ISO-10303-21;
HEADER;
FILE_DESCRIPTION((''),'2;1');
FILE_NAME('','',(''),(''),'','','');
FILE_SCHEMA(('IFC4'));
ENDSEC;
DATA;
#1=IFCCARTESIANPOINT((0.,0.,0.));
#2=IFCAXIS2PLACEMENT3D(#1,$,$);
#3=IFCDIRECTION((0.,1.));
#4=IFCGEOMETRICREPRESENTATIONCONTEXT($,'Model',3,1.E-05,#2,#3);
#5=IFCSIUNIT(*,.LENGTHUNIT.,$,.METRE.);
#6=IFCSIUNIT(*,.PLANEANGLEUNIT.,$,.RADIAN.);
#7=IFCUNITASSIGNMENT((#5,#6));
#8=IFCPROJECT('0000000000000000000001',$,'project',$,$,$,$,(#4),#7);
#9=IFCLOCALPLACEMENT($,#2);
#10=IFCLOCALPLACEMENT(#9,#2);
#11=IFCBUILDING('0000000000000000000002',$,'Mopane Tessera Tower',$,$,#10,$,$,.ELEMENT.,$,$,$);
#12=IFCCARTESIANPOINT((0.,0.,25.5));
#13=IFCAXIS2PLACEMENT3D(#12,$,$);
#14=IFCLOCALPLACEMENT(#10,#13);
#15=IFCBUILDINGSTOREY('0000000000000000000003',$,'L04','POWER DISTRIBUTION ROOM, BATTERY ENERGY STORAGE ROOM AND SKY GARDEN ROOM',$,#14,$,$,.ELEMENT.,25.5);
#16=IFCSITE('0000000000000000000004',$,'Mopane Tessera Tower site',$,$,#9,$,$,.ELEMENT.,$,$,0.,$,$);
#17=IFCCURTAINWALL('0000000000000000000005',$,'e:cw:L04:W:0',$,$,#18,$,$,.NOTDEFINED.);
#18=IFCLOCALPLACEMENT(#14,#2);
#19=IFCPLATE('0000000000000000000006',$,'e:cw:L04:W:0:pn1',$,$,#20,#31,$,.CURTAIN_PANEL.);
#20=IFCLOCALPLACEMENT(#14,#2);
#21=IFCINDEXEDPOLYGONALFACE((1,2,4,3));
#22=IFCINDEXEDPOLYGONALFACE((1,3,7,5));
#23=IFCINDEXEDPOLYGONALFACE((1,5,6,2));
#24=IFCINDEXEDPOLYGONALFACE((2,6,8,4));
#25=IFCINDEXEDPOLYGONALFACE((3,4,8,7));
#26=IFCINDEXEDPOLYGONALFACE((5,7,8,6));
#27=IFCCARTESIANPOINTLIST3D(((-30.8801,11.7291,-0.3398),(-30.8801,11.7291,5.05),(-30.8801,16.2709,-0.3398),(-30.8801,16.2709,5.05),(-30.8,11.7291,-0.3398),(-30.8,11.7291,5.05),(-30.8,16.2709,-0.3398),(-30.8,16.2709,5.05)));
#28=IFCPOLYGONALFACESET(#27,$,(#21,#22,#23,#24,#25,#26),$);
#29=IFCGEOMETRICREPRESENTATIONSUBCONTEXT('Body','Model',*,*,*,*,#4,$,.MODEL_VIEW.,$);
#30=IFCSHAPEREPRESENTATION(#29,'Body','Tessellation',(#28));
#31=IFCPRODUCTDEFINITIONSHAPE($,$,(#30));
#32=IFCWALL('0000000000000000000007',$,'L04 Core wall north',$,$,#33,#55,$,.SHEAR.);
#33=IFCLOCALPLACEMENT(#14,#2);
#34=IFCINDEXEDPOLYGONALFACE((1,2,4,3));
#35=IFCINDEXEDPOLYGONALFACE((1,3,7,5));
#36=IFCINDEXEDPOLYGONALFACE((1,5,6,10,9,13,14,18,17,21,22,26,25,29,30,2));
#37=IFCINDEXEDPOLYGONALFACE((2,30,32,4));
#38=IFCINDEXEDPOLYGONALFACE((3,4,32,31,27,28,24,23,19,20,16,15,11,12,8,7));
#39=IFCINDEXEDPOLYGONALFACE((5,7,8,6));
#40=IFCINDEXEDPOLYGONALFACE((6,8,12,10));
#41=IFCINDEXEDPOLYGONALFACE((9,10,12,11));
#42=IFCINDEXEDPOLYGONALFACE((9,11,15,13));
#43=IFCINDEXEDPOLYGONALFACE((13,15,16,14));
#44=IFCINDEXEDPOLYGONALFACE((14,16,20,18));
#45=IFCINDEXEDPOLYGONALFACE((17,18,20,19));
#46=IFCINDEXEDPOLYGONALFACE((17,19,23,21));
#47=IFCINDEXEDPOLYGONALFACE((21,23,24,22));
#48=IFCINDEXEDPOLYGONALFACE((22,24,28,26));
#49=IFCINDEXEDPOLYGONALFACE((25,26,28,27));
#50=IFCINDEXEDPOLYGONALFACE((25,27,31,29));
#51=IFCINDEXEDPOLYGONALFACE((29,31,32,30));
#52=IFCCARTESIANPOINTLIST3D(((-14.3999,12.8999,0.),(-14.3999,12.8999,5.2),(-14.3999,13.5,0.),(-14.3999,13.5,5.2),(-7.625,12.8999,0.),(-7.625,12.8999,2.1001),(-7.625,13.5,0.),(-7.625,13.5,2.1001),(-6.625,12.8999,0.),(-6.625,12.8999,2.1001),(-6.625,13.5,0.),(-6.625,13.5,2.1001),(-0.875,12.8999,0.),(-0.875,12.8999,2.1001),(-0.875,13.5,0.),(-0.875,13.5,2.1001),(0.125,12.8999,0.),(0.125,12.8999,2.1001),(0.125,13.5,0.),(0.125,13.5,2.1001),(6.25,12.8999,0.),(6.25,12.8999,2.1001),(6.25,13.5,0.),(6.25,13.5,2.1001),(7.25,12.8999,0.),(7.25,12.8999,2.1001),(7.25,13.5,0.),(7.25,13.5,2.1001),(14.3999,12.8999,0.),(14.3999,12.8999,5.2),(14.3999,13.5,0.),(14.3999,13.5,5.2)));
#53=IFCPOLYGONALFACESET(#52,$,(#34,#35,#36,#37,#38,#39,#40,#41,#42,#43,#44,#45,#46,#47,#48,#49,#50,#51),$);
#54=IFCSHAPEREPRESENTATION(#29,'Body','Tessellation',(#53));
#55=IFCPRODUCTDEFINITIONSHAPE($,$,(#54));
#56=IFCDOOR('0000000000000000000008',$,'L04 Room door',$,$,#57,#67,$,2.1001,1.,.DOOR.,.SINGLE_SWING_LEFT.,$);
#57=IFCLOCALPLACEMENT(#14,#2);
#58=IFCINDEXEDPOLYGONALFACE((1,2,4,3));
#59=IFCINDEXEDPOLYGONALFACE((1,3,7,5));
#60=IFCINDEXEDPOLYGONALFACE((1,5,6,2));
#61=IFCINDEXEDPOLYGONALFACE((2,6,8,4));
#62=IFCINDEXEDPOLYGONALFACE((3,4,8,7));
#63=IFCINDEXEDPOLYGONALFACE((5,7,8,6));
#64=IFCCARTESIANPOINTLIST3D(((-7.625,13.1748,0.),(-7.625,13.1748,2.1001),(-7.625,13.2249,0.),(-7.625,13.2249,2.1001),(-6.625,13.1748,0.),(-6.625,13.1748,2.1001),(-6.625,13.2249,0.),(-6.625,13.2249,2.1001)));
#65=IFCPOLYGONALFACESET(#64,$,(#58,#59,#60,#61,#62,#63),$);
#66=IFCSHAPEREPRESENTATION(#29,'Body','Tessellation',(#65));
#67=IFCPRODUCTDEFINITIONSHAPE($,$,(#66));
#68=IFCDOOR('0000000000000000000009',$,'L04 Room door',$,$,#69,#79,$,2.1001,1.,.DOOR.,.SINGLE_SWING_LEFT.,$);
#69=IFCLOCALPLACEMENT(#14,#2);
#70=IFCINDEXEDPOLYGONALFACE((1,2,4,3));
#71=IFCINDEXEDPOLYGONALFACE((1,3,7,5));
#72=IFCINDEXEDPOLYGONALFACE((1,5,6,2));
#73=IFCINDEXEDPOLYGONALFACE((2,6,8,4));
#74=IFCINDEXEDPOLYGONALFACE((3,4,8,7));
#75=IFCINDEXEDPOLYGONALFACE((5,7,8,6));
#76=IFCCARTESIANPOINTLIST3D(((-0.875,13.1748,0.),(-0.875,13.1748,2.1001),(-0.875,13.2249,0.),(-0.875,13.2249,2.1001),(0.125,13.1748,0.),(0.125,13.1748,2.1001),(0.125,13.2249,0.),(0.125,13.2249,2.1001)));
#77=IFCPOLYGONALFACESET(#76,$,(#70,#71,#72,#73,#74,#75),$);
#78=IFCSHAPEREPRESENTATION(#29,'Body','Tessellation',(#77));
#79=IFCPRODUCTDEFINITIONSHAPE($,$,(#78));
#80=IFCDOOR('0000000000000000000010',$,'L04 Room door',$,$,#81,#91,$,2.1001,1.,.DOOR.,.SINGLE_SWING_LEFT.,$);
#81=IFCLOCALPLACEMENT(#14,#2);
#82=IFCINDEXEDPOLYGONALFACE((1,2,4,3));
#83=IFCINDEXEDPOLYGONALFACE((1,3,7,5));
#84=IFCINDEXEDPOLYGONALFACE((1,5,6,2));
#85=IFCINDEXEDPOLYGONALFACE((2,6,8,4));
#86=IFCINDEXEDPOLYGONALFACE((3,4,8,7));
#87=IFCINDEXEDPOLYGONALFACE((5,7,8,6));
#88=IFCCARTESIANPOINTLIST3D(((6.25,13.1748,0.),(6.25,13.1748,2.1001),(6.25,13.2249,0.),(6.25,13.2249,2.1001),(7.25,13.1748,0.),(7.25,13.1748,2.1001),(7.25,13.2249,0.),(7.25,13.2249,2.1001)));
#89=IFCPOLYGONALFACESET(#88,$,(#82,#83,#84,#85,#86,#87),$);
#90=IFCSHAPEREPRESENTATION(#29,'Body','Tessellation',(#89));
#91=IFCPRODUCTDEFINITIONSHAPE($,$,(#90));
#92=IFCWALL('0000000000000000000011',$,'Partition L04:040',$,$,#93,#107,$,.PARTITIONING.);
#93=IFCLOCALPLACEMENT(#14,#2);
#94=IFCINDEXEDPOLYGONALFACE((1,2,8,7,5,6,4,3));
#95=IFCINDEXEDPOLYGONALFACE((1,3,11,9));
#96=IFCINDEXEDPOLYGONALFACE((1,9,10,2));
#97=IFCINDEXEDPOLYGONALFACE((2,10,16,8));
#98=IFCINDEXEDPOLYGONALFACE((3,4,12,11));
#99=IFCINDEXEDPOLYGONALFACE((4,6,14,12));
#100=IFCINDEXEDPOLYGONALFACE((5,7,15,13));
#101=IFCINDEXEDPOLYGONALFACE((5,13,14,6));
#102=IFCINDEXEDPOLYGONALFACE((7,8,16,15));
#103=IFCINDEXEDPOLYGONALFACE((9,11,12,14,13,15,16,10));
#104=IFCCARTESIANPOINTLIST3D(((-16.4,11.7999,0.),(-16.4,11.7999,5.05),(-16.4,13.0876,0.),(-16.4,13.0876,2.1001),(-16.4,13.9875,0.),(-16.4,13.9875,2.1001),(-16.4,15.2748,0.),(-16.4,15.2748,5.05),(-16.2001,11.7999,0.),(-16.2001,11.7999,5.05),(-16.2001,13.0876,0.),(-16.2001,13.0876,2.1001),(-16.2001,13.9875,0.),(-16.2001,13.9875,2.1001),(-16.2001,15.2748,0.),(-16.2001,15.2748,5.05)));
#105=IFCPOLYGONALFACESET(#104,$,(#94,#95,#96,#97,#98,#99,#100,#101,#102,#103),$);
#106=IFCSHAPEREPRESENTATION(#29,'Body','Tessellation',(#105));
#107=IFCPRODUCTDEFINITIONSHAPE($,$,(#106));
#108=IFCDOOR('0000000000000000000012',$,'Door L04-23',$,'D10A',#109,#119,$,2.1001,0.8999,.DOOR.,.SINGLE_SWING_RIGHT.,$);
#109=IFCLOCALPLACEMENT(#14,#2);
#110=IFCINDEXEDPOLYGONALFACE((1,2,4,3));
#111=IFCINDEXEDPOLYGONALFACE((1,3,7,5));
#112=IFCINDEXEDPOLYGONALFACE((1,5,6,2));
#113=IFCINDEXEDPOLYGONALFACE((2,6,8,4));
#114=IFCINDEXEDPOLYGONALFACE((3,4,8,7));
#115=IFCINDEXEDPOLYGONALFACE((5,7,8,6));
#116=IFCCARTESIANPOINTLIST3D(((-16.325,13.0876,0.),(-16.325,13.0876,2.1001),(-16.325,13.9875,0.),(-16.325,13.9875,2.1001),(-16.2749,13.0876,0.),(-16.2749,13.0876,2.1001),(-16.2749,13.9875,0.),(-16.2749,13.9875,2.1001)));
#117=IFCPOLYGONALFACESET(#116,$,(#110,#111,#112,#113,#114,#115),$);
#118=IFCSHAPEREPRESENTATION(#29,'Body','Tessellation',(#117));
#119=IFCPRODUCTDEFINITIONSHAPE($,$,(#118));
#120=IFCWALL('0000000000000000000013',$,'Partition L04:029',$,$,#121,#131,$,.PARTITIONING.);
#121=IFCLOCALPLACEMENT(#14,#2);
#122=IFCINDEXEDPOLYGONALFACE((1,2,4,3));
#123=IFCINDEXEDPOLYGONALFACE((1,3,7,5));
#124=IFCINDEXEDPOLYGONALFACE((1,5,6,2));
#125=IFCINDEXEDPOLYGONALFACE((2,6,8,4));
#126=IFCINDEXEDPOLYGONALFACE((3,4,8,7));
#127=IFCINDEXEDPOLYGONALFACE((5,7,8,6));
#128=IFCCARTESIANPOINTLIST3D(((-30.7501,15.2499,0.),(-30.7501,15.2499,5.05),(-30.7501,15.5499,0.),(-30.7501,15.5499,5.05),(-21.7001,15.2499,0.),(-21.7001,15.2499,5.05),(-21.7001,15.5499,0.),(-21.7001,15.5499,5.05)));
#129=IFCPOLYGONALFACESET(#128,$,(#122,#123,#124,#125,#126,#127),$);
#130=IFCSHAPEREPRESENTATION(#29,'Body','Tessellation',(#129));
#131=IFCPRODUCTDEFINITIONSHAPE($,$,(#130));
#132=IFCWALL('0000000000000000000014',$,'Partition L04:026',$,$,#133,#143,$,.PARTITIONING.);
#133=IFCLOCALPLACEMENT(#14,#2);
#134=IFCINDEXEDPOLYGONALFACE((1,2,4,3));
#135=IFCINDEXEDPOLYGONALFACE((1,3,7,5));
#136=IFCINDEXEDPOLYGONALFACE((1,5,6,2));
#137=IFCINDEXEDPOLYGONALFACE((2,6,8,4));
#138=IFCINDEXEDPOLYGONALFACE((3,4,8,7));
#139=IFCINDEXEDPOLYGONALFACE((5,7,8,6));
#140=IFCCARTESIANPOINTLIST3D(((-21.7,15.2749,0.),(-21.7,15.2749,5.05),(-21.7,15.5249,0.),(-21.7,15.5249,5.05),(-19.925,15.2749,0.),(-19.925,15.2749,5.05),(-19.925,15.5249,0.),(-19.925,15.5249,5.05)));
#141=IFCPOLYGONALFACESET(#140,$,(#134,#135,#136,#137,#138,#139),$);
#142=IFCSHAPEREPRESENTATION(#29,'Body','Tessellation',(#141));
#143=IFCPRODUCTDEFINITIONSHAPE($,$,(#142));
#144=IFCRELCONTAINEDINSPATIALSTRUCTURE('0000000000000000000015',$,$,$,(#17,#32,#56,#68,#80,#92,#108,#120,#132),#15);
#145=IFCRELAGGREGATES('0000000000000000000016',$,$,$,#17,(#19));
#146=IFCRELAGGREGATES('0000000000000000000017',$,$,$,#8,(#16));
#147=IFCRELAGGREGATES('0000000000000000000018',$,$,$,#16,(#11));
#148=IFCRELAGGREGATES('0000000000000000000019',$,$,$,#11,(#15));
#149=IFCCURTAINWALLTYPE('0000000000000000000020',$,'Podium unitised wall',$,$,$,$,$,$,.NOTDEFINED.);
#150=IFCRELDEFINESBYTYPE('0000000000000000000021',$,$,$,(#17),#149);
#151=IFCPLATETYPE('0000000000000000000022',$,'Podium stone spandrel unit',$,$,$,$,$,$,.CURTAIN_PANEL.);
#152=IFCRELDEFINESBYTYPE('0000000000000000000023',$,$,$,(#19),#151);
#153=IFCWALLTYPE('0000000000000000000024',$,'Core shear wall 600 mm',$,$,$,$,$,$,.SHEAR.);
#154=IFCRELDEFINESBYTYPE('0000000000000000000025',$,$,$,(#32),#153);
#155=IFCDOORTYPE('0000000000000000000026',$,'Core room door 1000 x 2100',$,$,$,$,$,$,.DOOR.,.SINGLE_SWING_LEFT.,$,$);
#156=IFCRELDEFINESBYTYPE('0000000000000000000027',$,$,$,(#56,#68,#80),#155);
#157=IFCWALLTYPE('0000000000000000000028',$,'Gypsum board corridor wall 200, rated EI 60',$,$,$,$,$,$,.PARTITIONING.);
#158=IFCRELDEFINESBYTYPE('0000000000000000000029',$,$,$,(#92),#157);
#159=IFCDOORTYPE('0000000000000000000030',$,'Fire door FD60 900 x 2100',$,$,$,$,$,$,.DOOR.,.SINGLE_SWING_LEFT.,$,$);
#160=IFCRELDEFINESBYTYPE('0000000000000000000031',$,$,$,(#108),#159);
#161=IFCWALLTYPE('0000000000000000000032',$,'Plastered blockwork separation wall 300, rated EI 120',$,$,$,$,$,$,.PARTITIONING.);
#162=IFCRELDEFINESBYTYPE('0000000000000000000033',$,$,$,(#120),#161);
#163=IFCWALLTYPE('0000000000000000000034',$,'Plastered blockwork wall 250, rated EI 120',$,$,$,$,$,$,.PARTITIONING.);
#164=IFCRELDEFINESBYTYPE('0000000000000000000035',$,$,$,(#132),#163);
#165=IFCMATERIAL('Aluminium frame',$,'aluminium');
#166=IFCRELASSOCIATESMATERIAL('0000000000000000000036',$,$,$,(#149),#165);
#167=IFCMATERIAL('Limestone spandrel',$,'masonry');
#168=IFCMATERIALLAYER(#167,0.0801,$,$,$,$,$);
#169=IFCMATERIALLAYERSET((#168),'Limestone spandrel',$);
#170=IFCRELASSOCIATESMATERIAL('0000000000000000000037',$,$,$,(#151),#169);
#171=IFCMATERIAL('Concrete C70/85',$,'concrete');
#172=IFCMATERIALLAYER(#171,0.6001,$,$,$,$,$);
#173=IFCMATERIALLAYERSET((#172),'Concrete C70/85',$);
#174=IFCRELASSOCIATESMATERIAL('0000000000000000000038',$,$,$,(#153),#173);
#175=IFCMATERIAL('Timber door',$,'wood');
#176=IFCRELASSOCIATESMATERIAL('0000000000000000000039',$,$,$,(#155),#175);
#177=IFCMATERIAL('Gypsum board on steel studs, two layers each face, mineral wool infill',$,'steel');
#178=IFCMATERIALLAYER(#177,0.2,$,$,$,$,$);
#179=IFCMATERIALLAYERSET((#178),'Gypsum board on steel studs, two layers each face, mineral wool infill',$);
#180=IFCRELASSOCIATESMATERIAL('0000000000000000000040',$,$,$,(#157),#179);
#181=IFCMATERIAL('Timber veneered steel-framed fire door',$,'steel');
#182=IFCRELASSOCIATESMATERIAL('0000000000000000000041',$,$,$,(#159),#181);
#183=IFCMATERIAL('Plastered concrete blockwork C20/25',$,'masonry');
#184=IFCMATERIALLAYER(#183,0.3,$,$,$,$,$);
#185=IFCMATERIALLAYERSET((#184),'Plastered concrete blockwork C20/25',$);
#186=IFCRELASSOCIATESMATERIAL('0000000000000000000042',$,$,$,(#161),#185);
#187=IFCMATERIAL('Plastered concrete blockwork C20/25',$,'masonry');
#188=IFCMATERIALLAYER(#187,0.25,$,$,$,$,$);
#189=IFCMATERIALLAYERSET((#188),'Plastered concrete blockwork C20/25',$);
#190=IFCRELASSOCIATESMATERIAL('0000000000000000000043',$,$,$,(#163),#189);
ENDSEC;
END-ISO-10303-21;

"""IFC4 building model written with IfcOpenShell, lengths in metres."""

from ifc_helpers import new_model, si_unit, direction, frame, frame_2d, origin, origin_2d, place, context, subcontext, project, spatial, rectangle, extrude, material, layer, layer_set, type_object, element, fill, aggregate, save


model = new_model("IFC4")

# Units and contexts
model_context = context("Model", 3, precision=1e-05, world=origin(), true_north=direction((0.0, 1.0)))
body_context = subcontext(model_context, "Body", "Model", "MODEL_VIEW")
ifc_project = project(units=[si_unit("LENGTHUNIT", "METRE"), si_unit("PLANEANGLEUNIT", "RADIAN")], contexts=[model_context])

# Site, building, storey
site_placement = place(None, origin())
site = spatial("IfcSite", under=ifc_project, at=site_placement, Name="Mopane Tessera Tower site", CompositionType="ELEMENT", RefElevation=0.0)
building_placement = place(site_placement, origin())
building = spatial("IfcBuilding", under=site, at=building_placement, Name="Mopane Tessera Tower", CompositionType="ELEMENT")
storey_placement = place(building_placement, frame((0.0, 0.0, 25.5)))
storey = spatial("IfcBuildingStorey", under=building, at=storey_placement, Name="L04", Description="POWER DISTRIBUTION ROOM, BATTERY ENERGY STORAGE ROOM AND SKY GARDEN ROOM", CompositionType="ELEMENT", Elevation=25.5)

# Curtain wall
ifc_material_1 = material(Name="Aluminium frame", Category="aluminium")
curtain_wall_type = type_object("IfcCurtainWallType", Name="Podium unitised wall", PredefinedType="NOTDEFINED", material=ifc_material_1)
curtain_wall_1_placement = place(storey_placement, origin())
curtain_wall_1 = element("IfcCurtainWall", 1, at=curtain_wall_1_placement, inside=storey, type_object=curtain_wall_type, Name="e:cw:L04:W:0", PredefinedType="NOTDEFINED")

# Plate
ifc_material_2 = material(Name="Limestone spandrel", Category="masonry")
ifc_layer_1 = layer(ifc_material_2, 0.0801)
ifc_layer_set_1 = layer_set([ifc_layer_1], Name="Limestone spandrel")
plate_type = type_object("IfcPlateType", Name="Podium stone spandrel unit", PredefinedType="CURTAIN_PANEL", material=ifc_layer_set_1)
plate_1_placement = place(storey_placement, frame((-30.8401, 14.0, -0.3398), z_axis=(0.0, 0.0, 1.0), x_axis=(0.0, -1.0, 0.0)))
plate_1 = element("IfcPlate", 2, at=plate_1_placement, type_object=plate_type, Name="e:cw:L04:W:0:pn1", PredefinedType="CURTAIN_PANEL", context=body_context, shape_type="SweptSolid", body=[
    extrude(rectangle(XDim=4.5417, YDim=0.0801, at=origin_2d()), origin(), (0.0, 0.0, 1.0), 5.3899),
])
aggregate(curtain_wall_1, [plate_1])

# Wall, openings, doors
ifc_material_3 = material(Name="Concrete C70/85", Category="concrete")
ifc_layer_2 = layer(ifc_material_3, 0.6001)
ifc_layer_set_2 = layer_set([ifc_layer_2], Name="Concrete C70/85")
wall_type_1 = type_object("IfcWallType", Name="Core shear wall 600 mm", PredefinedType="SHEAR", material=ifc_layer_set_2)
wall_1_placement = place(storey_placement, frame((-14.3999, 13.2, 0.0), z_axis=(0.0, 0.0, 1.0), x_axis=(1.0, 0.0, 0.0)))
wall_1 = element("IfcWall", 3, at=wall_1_placement, inside=storey, type_object=wall_type_1, Name="L04 Core wall north", PredefinedType="SHEAR", context=body_context, shape_type="SweptSolid", body=[
    extrude(rectangle(XDim=28.7998, YDim=0.6001, at=frame_2d((14.3999, 0.0))), origin(), (0.0, 0.0, 1.0), 5.2),
])
opening_1_placement = place(wall_1_placement, frame((6.7749, 0.0, 0.0)))
opening_1 = element("IfcOpeningElement", 4, at=opening_1_placement, cuts=wall_1, PredefinedType="OPENING", context=body_context, shape_type="SweptSolid", body=[
    extrude(rectangle(XDim=1.0, YDim=2.1001, at=frame_2d((0.5, 1.05))), frame((0.0, 0.312, 0.0), z_axis=(0.0, -1.0, 0.0), x_axis=(1.0, 0.0, 0.0)), (0.0, 0.0, 1.0), 0.624),
])
opening_2_placement = place(wall_1_placement, frame((13.5249, 0.0, 0.0)))
opening_2 = element("IfcOpeningElement", 5, at=opening_2_placement, cuts=wall_1, PredefinedType="OPENING", context=body_context, shape_type="SweptSolid", body=[
    extrude(rectangle(XDim=1.0, YDim=2.1001, at=frame_2d((0.5, 1.05))), frame((0.0, 0.312, 0.0), z_axis=(0.0, -1.0, 0.0), x_axis=(1.0, 0.0, 0.0)), (0.0, 0.0, 1.0), 0.624),
])
opening_3_placement = place(wall_1_placement, frame((20.6499, 0.0, 0.0)))
opening_3 = element("IfcOpeningElement", 6, at=opening_3_placement, cuts=wall_1, PredefinedType="OPENING", context=body_context, shape_type="SweptSolid", body=[
    extrude(rectangle(XDim=1.0, YDim=2.1001, at=frame_2d((0.5, 1.05))), frame((0.0, 0.312, 0.0), z_axis=(0.0, -1.0, 0.0), x_axis=(1.0, 0.0, 0.0)), (0.0, 0.0, 1.0), 0.624),
])
ifc_material_4 = material(Name="Timber door", Category="wood")
door_type_1 = type_object("IfcDoorType", Name="Core room door 1000 x 2100", OperationType="SINGLE_SWING_LEFT", PredefinedType="DOOR", material=ifc_material_4)
door_1_placement = place(opening_1_placement, origin())
door_1 = element("IfcDoor", 7, at=door_1_placement, inside=storey, type_object=door_type_1, Name="L04 Room door", OperationType="SINGLE_SWING_LEFT", OverallHeight=2.1001, OverallWidth=1.0, PredefinedType="DOOR", context=body_context, shape_type="SweptSolid", body=[
    extrude(rectangle(XDim=1.0, YDim=2.1001, at=frame_2d((0.5, 1.05))), frame((0.0, 0.0249, 0.0), z_axis=(0.0, -1.0, 0.0), x_axis=(1.0, 0.0, 0.0)), (0.0, 0.0, 1.0), 0.05),
])
fill(opening_1, door_1)
door_2_placement = place(opening_2_placement, origin())
door_2 = element("IfcDoor", 8, at=door_2_placement, inside=storey, type_object=door_type_1, Name="L04 Room door", OperationType="SINGLE_SWING_LEFT", OverallHeight=2.1001, OverallWidth=1.0, PredefinedType="DOOR", context=body_context, shape_type="SweptSolid", body=[
    extrude(rectangle(XDim=1.0, YDim=2.1001, at=frame_2d((0.5, 1.05))), frame((0.0, 0.0249, 0.0), z_axis=(0.0, -1.0, 0.0), x_axis=(1.0, 0.0, 0.0)), (0.0, 0.0, 1.0), 0.05),
])
fill(opening_2, door_2)
door_3_placement = place(opening_3_placement, origin())
door_3 = element("IfcDoor", 9, at=door_3_placement, inside=storey, type_object=door_type_1, Name="L04 Room door", OperationType="SINGLE_SWING_LEFT", OverallHeight=2.1001, OverallWidth=1.0, PredefinedType="DOOR", context=body_context, shape_type="SweptSolid", body=[
    extrude(rectangle(XDim=1.0, YDim=2.1001, at=frame_2d((0.5, 1.05))), frame((0.0, 0.0249, 0.0), z_axis=(0.0, -1.0, 0.0), x_axis=(1.0, 0.0, 0.0)), (0.0, 0.0, 1.0), 0.05),
])
fill(opening_3, door_3)

# Wall, opening, door
ifc_material_5 = material(Name="Gypsum board on steel studs, two layers each face, mineral wool infill", Category="steel")
ifc_layer_3 = layer(ifc_material_5, 0.2)
ifc_layer_set_3 = layer_set([ifc_layer_3], Name="Gypsum board on steel studs, two layers each face, mineral wool infill")
wall_type_2 = type_object("IfcWallType", Name="Gypsum board corridor wall 200, rated EI 60", PredefinedType="PARTITIONING", material=ifc_layer_set_3)
wall_2_placement = place(storey_placement, frame((-16.3, 11.8, 0.0), z_axis=(0.0, 0.0, 1.0), x_axis=(0.0, 1.0, 0.0)))
wall_2 = element("IfcWall", 10, at=wall_2_placement, inside=storey, type_object=wall_type_2, Name="Partition L04:040", PredefinedType="PARTITIONING", context=body_context, shape_type="SweptSolid", body=[
    extrude(rectangle(XDim=3.4749, YDim=0.2, at=frame_2d((1.7373, 0.0))), origin(), (0.0, 0.0, 1.0), 5.05),
])
opening_4_placement = place(wall_2_placement, frame((1.2876, 0.0, 0.0)))
opening_4 = element("IfcOpeningElement", 11, at=opening_4_placement, cuts=wall_2, PredefinedType="OPENING", context=body_context, shape_type="SweptSolid", body=[
    extrude(rectangle(XDim=0.8999, YDim=2.1001, at=frame_2d((0.45, 1.05))), frame((0.0, 0.1121, 0.0), z_axis=(0.0, -1.0, 0.0), x_axis=(1.0, 0.0, 0.0)), (0.0, 0.0, 1.0), 0.2239),
])
ifc_material_6 = material(Name="Timber veneered steel-framed fire door", Category="steel")
door_type_2 = type_object("IfcDoorType", Name="Fire door FD60 900 x 2100", OperationType="SINGLE_SWING_LEFT", PredefinedType="DOOR", material=ifc_material_6)
door_4_placement = place(opening_4_placement, origin())
door_4 = element("IfcDoor", 12, at=door_4_placement, inside=storey, type_object=door_type_2, Name="Door L04-23", ObjectType="D10A", OperationType="SINGLE_SWING_RIGHT", OverallHeight=2.1001, OverallWidth=0.8999, PredefinedType="DOOR", context=body_context, shape_type="SweptSolid", body=[
    extrude(rectangle(XDim=0.8999, YDim=2.1001, at=frame_2d((0.45, 1.05))), frame((0.0, 0.0249, 0.0), z_axis=(0.0, -1.0, 0.0), x_axis=(1.0, 0.0, 0.0)), (0.0, 0.0, 1.0), 0.05),
])
fill(opening_4, door_4)

# Walls
ifc_material_7 = material(Name="Plastered concrete blockwork C20/25", Category="masonry")
ifc_layer_4 = layer(ifc_material_7, 0.3)
ifc_layer_set_4 = layer_set([ifc_layer_4], Name="Plastered concrete blockwork C20/25")
wall_type_3 = type_object("IfcWallType", Name="Plastered blockwork separation wall 300, rated EI 120", PredefinedType="PARTITIONING", material=ifc_layer_set_4)
wall_3_placement = place(storey_placement, frame((-30.75, 15.3999, 0.0), z_axis=(0.0, 0.0, 1.0), x_axis=(1.0, 0.0, 0.0)))
element("IfcWall", 13, at=wall_3_placement, inside=storey, type_object=wall_type_3, Name="Partition L04:029", PredefinedType="PARTITIONING", context=body_context, shape_type="SweptSolid", body=[
    extrude(rectangle(XDim=9.05, YDim=0.3, at=frame_2d((4.5249, 0.0))), origin(), (0.0, 0.0, 1.0), 5.05),
])
ifc_material_8 = material(Name="Plastered concrete blockwork C20/25", Category="masonry")
ifc_layer_5 = layer(ifc_material_8, 0.25)
ifc_layer_set_5 = layer_set([ifc_layer_5], Name="Plastered concrete blockwork C20/25")
wall_type_4 = type_object("IfcWallType", Name="Plastered blockwork wall 250, rated EI 120", PredefinedType="PARTITIONING", material=ifc_layer_set_5)
wall_4_placement = place(storey_placement, frame((-21.7, 15.3999, 0.0), z_axis=(0.0, 0.0, 1.0), x_axis=(1.0, 0.0, 0.0)))
element("IfcWall", 14, at=wall_4_placement, inside=storey, type_object=wall_type_4, Name="Partition L04:026", PredefinedType="PARTITIONING", context=body_context, shape_type="SweptSolid", body=[
    extrude(rectangle(XDim=1.7749, YDim=0.25, at=frame_2d((0.8875, 0.0))), origin(), (0.0, 0.0, 1.0), 5.05),
])

save(model, "model.ifc")
